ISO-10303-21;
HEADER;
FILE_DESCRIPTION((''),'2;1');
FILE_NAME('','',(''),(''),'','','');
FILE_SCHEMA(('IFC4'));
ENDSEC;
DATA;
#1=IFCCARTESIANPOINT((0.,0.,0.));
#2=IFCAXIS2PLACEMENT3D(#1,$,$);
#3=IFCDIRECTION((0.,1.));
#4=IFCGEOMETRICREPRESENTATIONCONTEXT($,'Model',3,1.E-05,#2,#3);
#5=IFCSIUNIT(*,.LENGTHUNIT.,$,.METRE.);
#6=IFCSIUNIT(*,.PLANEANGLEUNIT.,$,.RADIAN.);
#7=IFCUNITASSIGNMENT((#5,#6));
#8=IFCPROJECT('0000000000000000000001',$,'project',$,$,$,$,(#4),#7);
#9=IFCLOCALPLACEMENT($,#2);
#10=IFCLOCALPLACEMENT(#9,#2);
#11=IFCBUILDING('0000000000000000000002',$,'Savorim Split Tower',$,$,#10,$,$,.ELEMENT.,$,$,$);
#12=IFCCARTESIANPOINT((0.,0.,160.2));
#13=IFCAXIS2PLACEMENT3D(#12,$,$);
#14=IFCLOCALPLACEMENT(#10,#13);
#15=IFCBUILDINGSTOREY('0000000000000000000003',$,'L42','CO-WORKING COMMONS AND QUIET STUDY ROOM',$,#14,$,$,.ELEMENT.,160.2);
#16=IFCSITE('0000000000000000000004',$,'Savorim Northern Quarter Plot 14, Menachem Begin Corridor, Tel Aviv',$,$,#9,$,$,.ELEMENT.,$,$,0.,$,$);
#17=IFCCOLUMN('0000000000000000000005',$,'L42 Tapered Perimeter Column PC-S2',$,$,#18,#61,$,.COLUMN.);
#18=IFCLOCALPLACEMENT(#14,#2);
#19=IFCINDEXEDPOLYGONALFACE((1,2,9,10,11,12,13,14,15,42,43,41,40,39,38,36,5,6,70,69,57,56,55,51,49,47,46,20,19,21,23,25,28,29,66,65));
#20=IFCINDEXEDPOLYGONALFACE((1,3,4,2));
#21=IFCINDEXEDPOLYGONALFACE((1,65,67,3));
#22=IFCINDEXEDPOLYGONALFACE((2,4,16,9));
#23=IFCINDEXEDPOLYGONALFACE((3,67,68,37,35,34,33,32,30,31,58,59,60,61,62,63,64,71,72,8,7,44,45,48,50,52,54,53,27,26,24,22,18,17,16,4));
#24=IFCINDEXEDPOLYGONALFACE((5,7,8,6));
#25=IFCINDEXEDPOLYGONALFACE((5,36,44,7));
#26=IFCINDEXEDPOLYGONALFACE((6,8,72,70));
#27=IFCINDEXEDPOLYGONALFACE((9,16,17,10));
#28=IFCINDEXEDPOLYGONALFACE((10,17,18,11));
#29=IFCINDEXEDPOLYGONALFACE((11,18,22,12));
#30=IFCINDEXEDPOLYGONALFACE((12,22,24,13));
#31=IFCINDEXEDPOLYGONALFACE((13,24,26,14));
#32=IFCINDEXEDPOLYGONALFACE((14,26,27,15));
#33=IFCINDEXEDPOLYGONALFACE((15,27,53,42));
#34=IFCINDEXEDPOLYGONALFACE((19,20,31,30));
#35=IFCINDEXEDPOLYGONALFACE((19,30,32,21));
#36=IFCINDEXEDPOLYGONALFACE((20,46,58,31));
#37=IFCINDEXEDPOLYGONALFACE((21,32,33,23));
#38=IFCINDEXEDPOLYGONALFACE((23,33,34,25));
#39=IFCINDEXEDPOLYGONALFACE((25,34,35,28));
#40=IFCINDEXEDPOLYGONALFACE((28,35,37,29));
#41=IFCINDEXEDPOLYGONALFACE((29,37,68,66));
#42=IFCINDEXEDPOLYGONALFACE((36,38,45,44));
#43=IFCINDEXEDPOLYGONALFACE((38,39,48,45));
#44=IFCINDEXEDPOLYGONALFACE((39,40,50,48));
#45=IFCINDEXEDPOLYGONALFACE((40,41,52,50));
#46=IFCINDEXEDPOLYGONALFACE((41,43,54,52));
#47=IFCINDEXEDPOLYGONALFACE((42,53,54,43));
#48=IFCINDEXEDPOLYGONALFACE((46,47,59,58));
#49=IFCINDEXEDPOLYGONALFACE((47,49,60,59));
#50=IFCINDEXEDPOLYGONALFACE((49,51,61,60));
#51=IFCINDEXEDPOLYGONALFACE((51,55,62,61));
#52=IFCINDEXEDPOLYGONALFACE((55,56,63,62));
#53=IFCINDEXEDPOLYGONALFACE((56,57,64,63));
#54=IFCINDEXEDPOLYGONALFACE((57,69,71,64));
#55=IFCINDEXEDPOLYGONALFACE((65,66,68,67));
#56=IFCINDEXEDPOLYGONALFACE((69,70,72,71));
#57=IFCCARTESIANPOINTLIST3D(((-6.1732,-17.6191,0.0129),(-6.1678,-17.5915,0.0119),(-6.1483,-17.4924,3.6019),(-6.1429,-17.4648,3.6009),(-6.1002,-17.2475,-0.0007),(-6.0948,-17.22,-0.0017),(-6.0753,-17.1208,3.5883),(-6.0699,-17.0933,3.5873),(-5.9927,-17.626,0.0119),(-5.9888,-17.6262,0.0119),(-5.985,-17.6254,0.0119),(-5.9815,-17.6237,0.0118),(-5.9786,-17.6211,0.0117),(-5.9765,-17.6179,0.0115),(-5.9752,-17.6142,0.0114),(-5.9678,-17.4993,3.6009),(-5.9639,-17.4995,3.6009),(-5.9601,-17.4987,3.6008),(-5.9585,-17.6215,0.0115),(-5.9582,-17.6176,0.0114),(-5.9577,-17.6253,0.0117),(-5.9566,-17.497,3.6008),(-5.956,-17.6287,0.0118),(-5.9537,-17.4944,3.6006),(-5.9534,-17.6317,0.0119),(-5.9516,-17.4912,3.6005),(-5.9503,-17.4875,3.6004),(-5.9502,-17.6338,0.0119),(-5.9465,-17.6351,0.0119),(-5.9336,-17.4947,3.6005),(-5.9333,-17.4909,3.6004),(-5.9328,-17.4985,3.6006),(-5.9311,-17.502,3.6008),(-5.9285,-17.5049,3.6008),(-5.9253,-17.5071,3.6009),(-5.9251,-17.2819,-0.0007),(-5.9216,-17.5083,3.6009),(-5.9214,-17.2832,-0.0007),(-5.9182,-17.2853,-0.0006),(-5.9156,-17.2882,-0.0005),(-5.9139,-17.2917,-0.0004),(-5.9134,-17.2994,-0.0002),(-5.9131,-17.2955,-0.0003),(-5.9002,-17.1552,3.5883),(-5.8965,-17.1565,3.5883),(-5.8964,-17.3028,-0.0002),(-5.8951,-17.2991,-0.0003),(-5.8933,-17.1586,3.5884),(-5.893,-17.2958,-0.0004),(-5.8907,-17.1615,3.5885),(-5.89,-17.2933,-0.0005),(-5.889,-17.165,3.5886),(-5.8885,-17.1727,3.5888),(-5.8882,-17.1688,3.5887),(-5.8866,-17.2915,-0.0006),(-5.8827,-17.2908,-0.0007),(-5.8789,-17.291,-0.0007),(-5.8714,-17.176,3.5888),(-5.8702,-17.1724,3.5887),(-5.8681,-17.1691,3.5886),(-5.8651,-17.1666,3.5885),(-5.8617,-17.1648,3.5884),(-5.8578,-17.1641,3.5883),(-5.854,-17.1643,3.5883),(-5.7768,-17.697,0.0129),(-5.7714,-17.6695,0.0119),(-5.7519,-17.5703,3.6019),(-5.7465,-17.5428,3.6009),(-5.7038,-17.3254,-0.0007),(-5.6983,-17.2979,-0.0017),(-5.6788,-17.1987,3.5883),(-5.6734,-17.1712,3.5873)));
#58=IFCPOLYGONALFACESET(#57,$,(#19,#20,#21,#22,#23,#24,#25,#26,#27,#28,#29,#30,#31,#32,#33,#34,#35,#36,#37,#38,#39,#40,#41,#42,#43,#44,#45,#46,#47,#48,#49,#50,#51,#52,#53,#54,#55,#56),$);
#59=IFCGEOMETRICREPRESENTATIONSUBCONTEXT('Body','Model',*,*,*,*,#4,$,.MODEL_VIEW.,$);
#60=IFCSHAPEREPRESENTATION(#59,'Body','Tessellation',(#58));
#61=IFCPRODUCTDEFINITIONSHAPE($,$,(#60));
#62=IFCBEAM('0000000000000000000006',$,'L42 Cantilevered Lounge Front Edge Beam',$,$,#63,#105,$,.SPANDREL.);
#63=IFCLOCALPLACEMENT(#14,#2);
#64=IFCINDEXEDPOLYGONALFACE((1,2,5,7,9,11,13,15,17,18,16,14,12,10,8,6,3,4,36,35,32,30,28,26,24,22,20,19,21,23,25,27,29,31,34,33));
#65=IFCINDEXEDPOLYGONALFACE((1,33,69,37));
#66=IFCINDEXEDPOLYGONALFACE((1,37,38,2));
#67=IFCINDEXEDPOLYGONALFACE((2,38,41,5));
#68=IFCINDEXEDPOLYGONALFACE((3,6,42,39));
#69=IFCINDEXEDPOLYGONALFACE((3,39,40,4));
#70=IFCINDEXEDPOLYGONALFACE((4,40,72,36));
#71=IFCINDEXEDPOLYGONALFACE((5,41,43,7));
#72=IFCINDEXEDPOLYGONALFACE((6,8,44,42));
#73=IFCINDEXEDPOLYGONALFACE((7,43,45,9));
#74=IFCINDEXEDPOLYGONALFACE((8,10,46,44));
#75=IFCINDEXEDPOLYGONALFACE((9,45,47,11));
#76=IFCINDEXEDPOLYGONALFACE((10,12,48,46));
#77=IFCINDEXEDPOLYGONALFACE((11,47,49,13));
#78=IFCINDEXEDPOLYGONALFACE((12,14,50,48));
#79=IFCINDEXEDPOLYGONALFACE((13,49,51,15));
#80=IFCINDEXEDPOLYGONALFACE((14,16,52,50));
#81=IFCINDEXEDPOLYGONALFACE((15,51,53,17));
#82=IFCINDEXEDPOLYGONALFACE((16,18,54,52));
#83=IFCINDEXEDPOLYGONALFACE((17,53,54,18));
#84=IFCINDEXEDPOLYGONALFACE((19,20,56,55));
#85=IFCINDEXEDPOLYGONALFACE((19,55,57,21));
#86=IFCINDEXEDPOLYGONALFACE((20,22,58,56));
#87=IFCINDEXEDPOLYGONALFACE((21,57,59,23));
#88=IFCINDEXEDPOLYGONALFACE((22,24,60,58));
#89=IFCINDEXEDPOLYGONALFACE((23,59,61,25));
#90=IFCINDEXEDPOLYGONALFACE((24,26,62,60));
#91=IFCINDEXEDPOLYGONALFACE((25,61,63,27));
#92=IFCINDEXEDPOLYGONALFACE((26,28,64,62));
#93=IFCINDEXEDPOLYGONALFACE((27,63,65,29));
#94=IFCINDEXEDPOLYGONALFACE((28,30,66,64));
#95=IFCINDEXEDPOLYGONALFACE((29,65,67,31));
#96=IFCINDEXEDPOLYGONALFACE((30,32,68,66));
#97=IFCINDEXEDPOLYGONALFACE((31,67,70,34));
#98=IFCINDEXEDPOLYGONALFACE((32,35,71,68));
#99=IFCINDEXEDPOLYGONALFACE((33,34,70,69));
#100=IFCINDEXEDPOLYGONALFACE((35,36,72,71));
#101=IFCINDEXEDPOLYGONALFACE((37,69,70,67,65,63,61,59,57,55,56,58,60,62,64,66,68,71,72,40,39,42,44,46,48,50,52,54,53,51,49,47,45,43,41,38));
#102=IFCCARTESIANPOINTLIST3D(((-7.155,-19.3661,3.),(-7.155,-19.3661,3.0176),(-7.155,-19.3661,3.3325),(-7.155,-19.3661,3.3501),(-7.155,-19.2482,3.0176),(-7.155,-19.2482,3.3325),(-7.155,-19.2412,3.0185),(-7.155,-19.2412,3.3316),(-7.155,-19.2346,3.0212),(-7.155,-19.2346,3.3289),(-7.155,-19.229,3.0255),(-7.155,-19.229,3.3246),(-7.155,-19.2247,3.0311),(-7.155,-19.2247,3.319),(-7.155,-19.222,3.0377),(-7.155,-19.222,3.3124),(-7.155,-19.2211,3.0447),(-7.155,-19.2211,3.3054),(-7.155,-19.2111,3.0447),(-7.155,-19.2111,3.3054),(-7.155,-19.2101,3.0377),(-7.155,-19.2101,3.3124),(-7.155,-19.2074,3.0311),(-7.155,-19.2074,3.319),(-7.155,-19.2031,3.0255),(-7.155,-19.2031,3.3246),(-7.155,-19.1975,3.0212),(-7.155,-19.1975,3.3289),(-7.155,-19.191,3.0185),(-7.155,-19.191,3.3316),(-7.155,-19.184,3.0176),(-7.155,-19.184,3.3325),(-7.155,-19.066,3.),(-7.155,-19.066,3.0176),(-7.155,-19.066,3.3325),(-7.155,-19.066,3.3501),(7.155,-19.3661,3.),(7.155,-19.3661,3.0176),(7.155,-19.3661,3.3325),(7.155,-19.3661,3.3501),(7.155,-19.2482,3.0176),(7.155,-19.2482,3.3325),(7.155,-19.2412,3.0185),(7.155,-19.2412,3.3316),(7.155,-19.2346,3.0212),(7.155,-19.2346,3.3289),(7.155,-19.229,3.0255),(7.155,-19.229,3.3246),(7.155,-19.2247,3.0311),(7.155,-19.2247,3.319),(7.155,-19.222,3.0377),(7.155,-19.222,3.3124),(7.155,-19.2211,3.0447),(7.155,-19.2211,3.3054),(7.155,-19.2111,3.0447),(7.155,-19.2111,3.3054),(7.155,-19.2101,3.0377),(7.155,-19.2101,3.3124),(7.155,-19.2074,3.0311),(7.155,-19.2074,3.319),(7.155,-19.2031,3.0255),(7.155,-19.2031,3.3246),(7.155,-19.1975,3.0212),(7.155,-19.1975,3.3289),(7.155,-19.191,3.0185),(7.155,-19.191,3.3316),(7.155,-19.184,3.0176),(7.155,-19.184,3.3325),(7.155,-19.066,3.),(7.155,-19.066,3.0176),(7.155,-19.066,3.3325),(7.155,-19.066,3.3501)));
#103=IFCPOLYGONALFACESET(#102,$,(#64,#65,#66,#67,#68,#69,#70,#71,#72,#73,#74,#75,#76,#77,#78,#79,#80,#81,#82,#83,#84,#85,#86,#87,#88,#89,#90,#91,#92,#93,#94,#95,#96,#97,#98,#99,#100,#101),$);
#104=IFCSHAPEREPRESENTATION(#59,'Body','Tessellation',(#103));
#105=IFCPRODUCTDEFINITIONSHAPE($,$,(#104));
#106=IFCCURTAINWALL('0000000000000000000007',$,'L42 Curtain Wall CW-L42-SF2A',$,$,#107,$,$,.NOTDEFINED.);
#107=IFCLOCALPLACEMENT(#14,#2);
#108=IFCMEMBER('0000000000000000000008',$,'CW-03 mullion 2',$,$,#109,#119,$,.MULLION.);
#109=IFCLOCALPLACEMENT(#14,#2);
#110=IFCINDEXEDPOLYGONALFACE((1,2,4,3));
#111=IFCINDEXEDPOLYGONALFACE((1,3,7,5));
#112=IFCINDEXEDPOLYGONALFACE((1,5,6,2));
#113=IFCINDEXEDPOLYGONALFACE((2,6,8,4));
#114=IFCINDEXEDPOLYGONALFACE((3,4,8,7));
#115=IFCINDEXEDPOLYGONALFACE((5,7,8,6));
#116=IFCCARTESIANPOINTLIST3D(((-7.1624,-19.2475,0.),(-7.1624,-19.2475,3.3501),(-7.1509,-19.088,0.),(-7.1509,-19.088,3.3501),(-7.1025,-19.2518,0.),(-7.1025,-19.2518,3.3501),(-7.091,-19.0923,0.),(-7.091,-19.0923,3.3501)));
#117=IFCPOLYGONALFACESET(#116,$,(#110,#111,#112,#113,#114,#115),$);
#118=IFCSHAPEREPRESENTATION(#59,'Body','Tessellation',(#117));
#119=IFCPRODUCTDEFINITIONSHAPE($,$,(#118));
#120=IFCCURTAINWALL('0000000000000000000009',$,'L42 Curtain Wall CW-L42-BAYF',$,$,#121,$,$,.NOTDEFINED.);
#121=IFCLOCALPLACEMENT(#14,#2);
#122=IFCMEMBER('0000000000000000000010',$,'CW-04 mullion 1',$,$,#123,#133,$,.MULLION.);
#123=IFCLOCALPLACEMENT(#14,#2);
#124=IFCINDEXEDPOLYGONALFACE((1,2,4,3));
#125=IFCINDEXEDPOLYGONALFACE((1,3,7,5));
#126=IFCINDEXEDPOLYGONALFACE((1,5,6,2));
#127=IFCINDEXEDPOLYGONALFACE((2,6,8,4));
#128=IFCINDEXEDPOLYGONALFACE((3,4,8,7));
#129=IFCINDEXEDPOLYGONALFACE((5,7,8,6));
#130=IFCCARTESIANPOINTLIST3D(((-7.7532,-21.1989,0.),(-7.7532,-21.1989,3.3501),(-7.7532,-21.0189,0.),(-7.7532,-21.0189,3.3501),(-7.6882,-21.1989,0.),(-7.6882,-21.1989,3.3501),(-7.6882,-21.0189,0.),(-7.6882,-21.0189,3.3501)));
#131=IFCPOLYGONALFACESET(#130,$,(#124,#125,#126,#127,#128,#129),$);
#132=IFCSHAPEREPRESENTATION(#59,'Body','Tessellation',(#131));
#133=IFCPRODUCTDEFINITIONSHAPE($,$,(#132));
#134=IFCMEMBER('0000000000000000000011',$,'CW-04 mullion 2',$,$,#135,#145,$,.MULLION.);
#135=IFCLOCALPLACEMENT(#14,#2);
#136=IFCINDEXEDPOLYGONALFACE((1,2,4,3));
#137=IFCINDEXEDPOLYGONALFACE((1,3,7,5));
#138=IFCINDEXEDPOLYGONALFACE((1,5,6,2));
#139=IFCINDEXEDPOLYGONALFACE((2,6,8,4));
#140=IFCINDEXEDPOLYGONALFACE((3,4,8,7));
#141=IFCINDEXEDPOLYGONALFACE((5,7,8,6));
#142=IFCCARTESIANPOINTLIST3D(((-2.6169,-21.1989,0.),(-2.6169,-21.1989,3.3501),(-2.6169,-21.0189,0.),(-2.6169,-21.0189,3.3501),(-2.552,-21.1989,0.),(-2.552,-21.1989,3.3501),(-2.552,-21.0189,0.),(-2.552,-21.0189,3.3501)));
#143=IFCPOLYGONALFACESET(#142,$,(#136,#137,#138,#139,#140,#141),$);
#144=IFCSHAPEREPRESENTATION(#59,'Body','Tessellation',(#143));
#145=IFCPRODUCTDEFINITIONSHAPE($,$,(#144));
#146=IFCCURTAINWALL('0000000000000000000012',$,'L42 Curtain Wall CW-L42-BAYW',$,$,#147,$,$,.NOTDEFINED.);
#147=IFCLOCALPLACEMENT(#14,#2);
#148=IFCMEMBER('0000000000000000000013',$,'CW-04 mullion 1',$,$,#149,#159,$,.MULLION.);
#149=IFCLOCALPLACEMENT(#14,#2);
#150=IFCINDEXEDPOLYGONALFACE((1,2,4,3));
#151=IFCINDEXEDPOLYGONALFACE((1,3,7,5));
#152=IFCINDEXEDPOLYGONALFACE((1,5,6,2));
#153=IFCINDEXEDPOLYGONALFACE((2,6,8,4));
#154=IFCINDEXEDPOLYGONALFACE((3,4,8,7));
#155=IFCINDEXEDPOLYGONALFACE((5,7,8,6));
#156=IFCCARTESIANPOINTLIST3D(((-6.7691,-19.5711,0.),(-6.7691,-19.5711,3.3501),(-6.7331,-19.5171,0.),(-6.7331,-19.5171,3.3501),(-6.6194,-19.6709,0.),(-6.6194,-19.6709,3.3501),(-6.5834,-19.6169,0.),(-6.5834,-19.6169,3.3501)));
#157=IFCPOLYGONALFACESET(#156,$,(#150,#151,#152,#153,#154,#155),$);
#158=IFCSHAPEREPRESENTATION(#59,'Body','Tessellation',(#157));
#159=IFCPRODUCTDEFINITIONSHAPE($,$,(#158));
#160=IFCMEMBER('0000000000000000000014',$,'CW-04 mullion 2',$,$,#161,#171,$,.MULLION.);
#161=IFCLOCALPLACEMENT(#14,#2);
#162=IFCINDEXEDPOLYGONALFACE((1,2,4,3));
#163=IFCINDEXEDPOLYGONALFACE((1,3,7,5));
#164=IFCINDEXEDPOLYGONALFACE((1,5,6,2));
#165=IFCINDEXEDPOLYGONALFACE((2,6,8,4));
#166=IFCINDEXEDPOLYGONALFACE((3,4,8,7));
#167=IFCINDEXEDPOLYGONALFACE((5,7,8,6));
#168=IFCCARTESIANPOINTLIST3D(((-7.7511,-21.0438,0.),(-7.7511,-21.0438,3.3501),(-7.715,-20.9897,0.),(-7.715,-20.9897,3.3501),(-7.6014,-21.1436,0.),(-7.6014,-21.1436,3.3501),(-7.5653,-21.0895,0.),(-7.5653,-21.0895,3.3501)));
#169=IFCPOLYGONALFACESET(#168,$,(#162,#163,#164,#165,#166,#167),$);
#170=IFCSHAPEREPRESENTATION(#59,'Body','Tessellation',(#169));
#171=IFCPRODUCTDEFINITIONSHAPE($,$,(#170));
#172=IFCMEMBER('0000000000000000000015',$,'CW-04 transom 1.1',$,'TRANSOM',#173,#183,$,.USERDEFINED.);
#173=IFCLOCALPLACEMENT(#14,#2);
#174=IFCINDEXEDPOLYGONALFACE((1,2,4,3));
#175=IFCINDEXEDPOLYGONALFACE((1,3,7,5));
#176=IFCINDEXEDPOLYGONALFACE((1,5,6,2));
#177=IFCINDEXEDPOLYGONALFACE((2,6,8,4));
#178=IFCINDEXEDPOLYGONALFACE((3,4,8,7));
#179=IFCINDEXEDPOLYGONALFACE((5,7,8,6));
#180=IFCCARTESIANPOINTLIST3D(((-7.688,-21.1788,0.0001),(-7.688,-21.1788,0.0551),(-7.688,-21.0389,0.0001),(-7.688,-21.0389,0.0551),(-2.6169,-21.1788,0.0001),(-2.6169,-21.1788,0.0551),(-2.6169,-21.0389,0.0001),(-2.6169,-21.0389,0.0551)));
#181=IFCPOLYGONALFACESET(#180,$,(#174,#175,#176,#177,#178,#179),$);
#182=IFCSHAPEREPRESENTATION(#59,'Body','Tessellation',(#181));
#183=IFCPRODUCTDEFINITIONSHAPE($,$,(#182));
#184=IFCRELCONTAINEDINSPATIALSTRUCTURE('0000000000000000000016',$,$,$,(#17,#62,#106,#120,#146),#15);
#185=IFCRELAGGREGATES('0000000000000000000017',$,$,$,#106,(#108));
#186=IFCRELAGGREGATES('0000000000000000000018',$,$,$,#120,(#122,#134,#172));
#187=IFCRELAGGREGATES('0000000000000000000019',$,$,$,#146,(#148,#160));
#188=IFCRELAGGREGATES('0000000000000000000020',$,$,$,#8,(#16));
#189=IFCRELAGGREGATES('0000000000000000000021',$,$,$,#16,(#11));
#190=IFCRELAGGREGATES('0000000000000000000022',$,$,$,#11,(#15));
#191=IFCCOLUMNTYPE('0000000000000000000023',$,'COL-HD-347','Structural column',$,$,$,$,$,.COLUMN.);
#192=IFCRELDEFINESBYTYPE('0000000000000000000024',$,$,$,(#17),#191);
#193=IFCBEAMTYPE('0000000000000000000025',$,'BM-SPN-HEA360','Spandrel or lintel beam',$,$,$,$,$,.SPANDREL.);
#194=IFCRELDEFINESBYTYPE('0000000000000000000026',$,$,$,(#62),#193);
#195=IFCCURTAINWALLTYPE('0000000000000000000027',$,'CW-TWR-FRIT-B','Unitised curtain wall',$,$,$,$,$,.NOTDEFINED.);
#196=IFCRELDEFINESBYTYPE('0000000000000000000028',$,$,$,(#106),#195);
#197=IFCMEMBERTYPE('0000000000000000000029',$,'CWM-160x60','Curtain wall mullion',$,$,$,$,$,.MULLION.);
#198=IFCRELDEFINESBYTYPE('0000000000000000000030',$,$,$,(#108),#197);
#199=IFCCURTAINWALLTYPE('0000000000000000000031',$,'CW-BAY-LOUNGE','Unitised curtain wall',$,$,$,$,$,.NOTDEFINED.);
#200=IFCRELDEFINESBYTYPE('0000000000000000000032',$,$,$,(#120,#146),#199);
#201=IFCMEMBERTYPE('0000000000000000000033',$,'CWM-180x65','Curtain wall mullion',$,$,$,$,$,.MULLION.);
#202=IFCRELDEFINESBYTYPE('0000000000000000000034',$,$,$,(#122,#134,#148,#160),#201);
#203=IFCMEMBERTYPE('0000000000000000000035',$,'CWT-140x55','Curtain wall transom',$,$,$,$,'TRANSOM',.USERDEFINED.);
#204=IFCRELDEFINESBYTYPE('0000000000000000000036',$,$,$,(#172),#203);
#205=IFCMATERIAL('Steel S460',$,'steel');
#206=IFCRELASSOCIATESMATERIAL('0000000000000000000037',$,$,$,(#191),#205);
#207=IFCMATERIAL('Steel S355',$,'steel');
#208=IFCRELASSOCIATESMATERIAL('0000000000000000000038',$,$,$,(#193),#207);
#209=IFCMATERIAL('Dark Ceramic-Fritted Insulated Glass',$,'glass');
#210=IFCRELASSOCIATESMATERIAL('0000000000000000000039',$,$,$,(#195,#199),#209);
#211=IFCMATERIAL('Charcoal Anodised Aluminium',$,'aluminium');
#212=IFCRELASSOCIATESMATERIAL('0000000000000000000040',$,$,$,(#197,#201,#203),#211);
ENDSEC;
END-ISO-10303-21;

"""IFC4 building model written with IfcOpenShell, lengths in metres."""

from ifc_helpers import new_model, si_unit, direction, frame, origin, origin_2d, place, context, subcontext, project, spatial, rectangle, i_section, extrude, material, material_profile, profile_set, type_object, element, aggregate, save


model = new_model("IFC4")

# Units and contexts
model_context = context("Model", 3, precision=1e-05, world=origin(), true_north=direction((0.0, 1.0)))
body_context = subcontext(model_context, "Body", "Model", "MODEL_VIEW")
ifc_project = project(units=[si_unit("LENGTHUNIT", "METRE"), si_unit("PLANEANGLEUNIT", "RADIAN")], contexts=[model_context])

# Site, building, storey
site_placement = place(None, origin())
site = spatial("IfcSite", under=ifc_project, at=site_placement, Name="Savorim Northern Quarter Plot 14, Menachem Begin Corridor, Tel Aviv", CompositionType="ELEMENT", RefElevation=0.0)
building_placement = place(site_placement, origin())
building = spatial("IfcBuilding", under=site, at=building_placement, Name="Savorim Split Tower", CompositionType="ELEMENT")
storey_placement = place(building_placement, frame((0.0, 0.0, 160.2)))
storey = spatial("IfcBuildingStorey", under=building, at=storey_placement, Name="L42", Description="CO-WORKING COMMONS AND QUIET STUDY ROOM", CompositionType="ELEMENT", Elevation=160.2)

# Column
ifc_material_1 = material(Name="Steel S460", Category="steel")
ifc_material_profile_1 = material_profile(ifc_material_1, i_section(OverallWidth=0.4041, OverallDepth=0.407, WebThickness=0.0173, FlangeThickness=0.0281, FilletRadius=0.0149, at=origin_2d()), Name="HD 400x347")
ifc_profile_set_1 = profile_set([ifc_material_profile_1], Name="Steel S460")
column_type = type_object("IfcColumnType", Name="COL-HD-347", Description="Structural column", PredefinedType="COLUMN", material=ifc_profile_set_1)
column_placement = place(storey_placement, frame((-5.9358, -17.4585, 0.0056), z_axis=(0.006934, 0.035283, 0.999353), x_axis=(-0.98123, 0.192843, 0.0)))
element("IfcColumn", 1, at=column_placement, inside=storey, type_object=column_type, Name="L42 Tapered Perimeter Column PC-S2", PredefinedType="COLUMN", context=body_context, shape_type="SweptSolid", body=[
    extrude(i_section(OverallWidth=0.4041, OverallDepth=0.407, WebThickness=0.0173, FlangeThickness=0.0281, FilletRadius=0.0149, at=origin_2d()), origin(), (0.0, 0.0, 1.0), 3.5913),
])

# Beam
ifc_material_2 = material(Name="Steel S355", Category="steel")
ifc_material_profile_2 = material_profile(ifc_material_2, i_section(OverallWidth=0.3, OverallDepth=0.3501, WebThickness=0.01, FlangeThickness=0.0176, FilletRadius=0.0271, at=origin_2d()), Name="HEA 360")
ifc_profile_set_2 = profile_set([ifc_material_profile_2], Name="Steel S355")
beam_type = type_object("IfcBeamType", Name="BM-SPN-HEA360", Description="Spandrel or lintel beam", PredefinedType="SPANDREL", material=ifc_profile_set_2)
beam_placement = place(storey_placement, frame((-7.155, -19.2161, 3.175), z_axis=(1.0, 0.0, 0.0), x_axis=(0.0, 1.0, 0.0)))
element("IfcBeam", 2, at=beam_placement, inside=storey, type_object=beam_type, Name="L42 Cantilevered Lounge Front Edge Beam", PredefinedType="SPANDREL", context=body_context, shape_type="SweptSolid", body=[
    extrude(i_section(OverallWidth=0.3, OverallDepth=0.3501, WebThickness=0.01, FlangeThickness=0.0176, FilletRadius=0.0271, at=origin_2d()), origin(), (0.0, 0.0, 1.0), 14.3101),
])

# Curtain wall, member
ifc_material_3 = material(Name="Dark Ceramic-Fritted Insulated Glass", Category="glass")
curtain_wall_type_1 = type_object("IfcCurtainWallType", Name="CW-TWR-FRIT-B", Description="Unitised curtain wall", PredefinedType="NOTDEFINED", material=ifc_material_3)
curtain_wall_1_placement = place(storey_placement, origin())
curtain_wall_1 = element("IfcCurtainWall", 3, at=curtain_wall_1_placement, inside=storey, type_object=curtain_wall_type_1, Name="L42 Curtain Wall CW-L42-SF2A", PredefinedType="NOTDEFINED")
ifc_material_4 = material(Name="Charcoal Anodised Aluminium", Category="aluminium")
ifc_material_profile_3 = material_profile(ifc_material_4, rectangle(XDim=0.1599, YDim=0.0601, at=origin_2d()), Name="ALU-M 160x60")
ifc_profile_set_3 = profile_set([ifc_material_profile_3], Name="Charcoal Anodised Aluminium")
member_type_1 = type_object("IfcMemberType", Name="CWM-160x60", Description="Curtain wall mullion", PredefinedType="MULLION", material=ifc_profile_set_3)
member_1_placement = place(storey_placement, frame((-7.1267, -19.1699, 0.0), z_axis=(0.0, 0.0, 1.0), x_axis=(0.071553, 0.997437, 0.0)))
member_1 = element("IfcMember", 4, at=member_1_placement, type_object=member_type_1, Name="CW-03 mullion 2", PredefinedType="MULLION", context=body_context, shape_type="SweptSolid", body=[
    extrude(rectangle(XDim=0.1599, YDim=0.0601, at=origin_2d()), origin(), (0.0, 0.0, 1.0), 3.3501),
])
aggregate(curtain_wall_1, [member_1])

# Curtain walls, members
curtain_wall_type_2 = type_object("IfcCurtainWallType", Name="CW-BAY-LOUNGE", Description="Unitised curtain wall", PredefinedType="NOTDEFINED", material=ifc_material_3)
curtain_wall_2_placement = place(storey_placement, origin())
curtain_wall_2 = element("IfcCurtainWall", 5, at=curtain_wall_2_placement, inside=storey, type_object=curtain_wall_type_2, Name="L42 Curtain Wall CW-L42-BAYF", PredefinedType="NOTDEFINED")
ifc_material_profile_4 = material_profile(ifc_material_4, rectangle(XDim=0.1799, YDim=0.0649, at=origin_2d()), Name="ALU-M 180x65")
ifc_profile_set_4 = profile_set([ifc_material_profile_4], Name="Charcoal Anodised Aluminium")
member_type_2 = type_object("IfcMemberType", Name="CWM-180x65", Description="Curtain wall mullion", PredefinedType="MULLION", material=ifc_profile_set_4)
member_2_placement = place(storey_placement, frame((-7.7207, -21.1089, 0.0), z_axis=(0.0, 0.0, 1.0), x_axis=(0.0, 1.0, 0.0)))
member_2 = element("IfcMember", 6, at=member_2_placement, type_object=member_type_2, Name="CW-04 mullion 1", PredefinedType="MULLION", context=body_context, shape_type="SweptSolid", body=[
    extrude(rectangle(XDim=0.1799, YDim=0.0649, at=origin_2d()), origin(), (0.0, 0.0, 1.0), 3.3501),
])
member_3_placement = place(storey_placement, frame((-2.5845, -21.1089, 0.0), z_axis=(0.0, 0.0, 1.0), x_axis=(0.0, 1.0, 0.0)))
member_3 = element("IfcMember", 7, at=member_3_placement, type_object=member_type_2, Name="CW-04 mullion 2", PredefinedType="MULLION", context=body_context, shape_type="SweptSolid", body=[
    extrude(rectangle(XDim=0.1799, YDim=0.0649, at=origin_2d()), origin(), (0.0, 0.0, 1.0), 3.3501),
])
curtain_wall_3_placement = place(storey_placement, origin())
curtain_wall_3 = element("IfcCurtainWall", 8, at=curtain_wall_3_placement, inside=storey, type_object=curtain_wall_type_2, Name="L42 Curtain Wall CW-L42-BAYW", PredefinedType="NOTDEFINED")
member_4_placement = place(storey_placement, frame((-6.6763, -19.594, 0.0), z_axis=(0.0, 0.0, 1.0), x_axis=(0.832042, -0.554713, 0.0)))
member_4 = element("IfcMember", 9, at=member_4_placement, type_object=member_type_2, Name="CW-04 mullion 1", PredefinedType="MULLION", context=body_context, shape_type="SweptSolid", body=[
    extrude(rectangle(XDim=0.1799, YDim=0.0649, at=origin_2d()), origin(), (0.0, 0.0, 1.0), 3.3501),
])
member_5_placement = place(storey_placement, frame((-7.6582, -21.0667, 0.0), z_axis=(0.0, 0.0, 1.0), x_axis=(0.832042, -0.554713, 0.0)))
member_5 = element("IfcMember", 10, at=member_5_placement, type_object=member_type_2, Name="CW-04 mullion 2", PredefinedType="MULLION", context=body_context, shape_type="SweptSolid", body=[
    extrude(rectangle(XDim=0.1799, YDim=0.0649, at=origin_2d()), origin(), (0.0, 0.0, 1.0), 3.3501),
])

# Member
ifc_material_profile_5 = material_profile(ifc_material_4, rectangle(XDim=0.1399, YDim=0.0549, at=origin_2d()), Name="ALU-T 140x55")
ifc_profile_set_5 = profile_set([ifc_material_profile_5], Name="Charcoal Anodised Aluminium")
member_type_3 = type_object("IfcMemberType", Name="CWT-140x55", Description="Curtain wall transom", ElementType="TRANSOM", PredefinedType="USERDEFINED", material=ifc_profile_set_5)
member_6_placement = place(storey_placement, frame((-7.688, -21.1089, 0.0276), z_axis=(1.0, 0.0, 0.0), x_axis=(0.0, 1.0, 0.0)))
member_6 = element("IfcMember", 11, at=member_6_placement, type_object=member_type_3, Name="CW-04 transom 1.1", ObjectType="TRANSOM", PredefinedType="USERDEFINED", context=body_context, shape_type="SweptSolid", body=[
    extrude(rectangle(XDim=0.1399, YDim=0.0549, at=origin_2d()), origin(), (0.0, 0.0, 1.0), 5.071),
])

aggregate(curtain_wall_2, [member_2, member_3, member_6])
aggregate(curtain_wall_3, [member_4, member_5])

save(model, "model.ifc")
